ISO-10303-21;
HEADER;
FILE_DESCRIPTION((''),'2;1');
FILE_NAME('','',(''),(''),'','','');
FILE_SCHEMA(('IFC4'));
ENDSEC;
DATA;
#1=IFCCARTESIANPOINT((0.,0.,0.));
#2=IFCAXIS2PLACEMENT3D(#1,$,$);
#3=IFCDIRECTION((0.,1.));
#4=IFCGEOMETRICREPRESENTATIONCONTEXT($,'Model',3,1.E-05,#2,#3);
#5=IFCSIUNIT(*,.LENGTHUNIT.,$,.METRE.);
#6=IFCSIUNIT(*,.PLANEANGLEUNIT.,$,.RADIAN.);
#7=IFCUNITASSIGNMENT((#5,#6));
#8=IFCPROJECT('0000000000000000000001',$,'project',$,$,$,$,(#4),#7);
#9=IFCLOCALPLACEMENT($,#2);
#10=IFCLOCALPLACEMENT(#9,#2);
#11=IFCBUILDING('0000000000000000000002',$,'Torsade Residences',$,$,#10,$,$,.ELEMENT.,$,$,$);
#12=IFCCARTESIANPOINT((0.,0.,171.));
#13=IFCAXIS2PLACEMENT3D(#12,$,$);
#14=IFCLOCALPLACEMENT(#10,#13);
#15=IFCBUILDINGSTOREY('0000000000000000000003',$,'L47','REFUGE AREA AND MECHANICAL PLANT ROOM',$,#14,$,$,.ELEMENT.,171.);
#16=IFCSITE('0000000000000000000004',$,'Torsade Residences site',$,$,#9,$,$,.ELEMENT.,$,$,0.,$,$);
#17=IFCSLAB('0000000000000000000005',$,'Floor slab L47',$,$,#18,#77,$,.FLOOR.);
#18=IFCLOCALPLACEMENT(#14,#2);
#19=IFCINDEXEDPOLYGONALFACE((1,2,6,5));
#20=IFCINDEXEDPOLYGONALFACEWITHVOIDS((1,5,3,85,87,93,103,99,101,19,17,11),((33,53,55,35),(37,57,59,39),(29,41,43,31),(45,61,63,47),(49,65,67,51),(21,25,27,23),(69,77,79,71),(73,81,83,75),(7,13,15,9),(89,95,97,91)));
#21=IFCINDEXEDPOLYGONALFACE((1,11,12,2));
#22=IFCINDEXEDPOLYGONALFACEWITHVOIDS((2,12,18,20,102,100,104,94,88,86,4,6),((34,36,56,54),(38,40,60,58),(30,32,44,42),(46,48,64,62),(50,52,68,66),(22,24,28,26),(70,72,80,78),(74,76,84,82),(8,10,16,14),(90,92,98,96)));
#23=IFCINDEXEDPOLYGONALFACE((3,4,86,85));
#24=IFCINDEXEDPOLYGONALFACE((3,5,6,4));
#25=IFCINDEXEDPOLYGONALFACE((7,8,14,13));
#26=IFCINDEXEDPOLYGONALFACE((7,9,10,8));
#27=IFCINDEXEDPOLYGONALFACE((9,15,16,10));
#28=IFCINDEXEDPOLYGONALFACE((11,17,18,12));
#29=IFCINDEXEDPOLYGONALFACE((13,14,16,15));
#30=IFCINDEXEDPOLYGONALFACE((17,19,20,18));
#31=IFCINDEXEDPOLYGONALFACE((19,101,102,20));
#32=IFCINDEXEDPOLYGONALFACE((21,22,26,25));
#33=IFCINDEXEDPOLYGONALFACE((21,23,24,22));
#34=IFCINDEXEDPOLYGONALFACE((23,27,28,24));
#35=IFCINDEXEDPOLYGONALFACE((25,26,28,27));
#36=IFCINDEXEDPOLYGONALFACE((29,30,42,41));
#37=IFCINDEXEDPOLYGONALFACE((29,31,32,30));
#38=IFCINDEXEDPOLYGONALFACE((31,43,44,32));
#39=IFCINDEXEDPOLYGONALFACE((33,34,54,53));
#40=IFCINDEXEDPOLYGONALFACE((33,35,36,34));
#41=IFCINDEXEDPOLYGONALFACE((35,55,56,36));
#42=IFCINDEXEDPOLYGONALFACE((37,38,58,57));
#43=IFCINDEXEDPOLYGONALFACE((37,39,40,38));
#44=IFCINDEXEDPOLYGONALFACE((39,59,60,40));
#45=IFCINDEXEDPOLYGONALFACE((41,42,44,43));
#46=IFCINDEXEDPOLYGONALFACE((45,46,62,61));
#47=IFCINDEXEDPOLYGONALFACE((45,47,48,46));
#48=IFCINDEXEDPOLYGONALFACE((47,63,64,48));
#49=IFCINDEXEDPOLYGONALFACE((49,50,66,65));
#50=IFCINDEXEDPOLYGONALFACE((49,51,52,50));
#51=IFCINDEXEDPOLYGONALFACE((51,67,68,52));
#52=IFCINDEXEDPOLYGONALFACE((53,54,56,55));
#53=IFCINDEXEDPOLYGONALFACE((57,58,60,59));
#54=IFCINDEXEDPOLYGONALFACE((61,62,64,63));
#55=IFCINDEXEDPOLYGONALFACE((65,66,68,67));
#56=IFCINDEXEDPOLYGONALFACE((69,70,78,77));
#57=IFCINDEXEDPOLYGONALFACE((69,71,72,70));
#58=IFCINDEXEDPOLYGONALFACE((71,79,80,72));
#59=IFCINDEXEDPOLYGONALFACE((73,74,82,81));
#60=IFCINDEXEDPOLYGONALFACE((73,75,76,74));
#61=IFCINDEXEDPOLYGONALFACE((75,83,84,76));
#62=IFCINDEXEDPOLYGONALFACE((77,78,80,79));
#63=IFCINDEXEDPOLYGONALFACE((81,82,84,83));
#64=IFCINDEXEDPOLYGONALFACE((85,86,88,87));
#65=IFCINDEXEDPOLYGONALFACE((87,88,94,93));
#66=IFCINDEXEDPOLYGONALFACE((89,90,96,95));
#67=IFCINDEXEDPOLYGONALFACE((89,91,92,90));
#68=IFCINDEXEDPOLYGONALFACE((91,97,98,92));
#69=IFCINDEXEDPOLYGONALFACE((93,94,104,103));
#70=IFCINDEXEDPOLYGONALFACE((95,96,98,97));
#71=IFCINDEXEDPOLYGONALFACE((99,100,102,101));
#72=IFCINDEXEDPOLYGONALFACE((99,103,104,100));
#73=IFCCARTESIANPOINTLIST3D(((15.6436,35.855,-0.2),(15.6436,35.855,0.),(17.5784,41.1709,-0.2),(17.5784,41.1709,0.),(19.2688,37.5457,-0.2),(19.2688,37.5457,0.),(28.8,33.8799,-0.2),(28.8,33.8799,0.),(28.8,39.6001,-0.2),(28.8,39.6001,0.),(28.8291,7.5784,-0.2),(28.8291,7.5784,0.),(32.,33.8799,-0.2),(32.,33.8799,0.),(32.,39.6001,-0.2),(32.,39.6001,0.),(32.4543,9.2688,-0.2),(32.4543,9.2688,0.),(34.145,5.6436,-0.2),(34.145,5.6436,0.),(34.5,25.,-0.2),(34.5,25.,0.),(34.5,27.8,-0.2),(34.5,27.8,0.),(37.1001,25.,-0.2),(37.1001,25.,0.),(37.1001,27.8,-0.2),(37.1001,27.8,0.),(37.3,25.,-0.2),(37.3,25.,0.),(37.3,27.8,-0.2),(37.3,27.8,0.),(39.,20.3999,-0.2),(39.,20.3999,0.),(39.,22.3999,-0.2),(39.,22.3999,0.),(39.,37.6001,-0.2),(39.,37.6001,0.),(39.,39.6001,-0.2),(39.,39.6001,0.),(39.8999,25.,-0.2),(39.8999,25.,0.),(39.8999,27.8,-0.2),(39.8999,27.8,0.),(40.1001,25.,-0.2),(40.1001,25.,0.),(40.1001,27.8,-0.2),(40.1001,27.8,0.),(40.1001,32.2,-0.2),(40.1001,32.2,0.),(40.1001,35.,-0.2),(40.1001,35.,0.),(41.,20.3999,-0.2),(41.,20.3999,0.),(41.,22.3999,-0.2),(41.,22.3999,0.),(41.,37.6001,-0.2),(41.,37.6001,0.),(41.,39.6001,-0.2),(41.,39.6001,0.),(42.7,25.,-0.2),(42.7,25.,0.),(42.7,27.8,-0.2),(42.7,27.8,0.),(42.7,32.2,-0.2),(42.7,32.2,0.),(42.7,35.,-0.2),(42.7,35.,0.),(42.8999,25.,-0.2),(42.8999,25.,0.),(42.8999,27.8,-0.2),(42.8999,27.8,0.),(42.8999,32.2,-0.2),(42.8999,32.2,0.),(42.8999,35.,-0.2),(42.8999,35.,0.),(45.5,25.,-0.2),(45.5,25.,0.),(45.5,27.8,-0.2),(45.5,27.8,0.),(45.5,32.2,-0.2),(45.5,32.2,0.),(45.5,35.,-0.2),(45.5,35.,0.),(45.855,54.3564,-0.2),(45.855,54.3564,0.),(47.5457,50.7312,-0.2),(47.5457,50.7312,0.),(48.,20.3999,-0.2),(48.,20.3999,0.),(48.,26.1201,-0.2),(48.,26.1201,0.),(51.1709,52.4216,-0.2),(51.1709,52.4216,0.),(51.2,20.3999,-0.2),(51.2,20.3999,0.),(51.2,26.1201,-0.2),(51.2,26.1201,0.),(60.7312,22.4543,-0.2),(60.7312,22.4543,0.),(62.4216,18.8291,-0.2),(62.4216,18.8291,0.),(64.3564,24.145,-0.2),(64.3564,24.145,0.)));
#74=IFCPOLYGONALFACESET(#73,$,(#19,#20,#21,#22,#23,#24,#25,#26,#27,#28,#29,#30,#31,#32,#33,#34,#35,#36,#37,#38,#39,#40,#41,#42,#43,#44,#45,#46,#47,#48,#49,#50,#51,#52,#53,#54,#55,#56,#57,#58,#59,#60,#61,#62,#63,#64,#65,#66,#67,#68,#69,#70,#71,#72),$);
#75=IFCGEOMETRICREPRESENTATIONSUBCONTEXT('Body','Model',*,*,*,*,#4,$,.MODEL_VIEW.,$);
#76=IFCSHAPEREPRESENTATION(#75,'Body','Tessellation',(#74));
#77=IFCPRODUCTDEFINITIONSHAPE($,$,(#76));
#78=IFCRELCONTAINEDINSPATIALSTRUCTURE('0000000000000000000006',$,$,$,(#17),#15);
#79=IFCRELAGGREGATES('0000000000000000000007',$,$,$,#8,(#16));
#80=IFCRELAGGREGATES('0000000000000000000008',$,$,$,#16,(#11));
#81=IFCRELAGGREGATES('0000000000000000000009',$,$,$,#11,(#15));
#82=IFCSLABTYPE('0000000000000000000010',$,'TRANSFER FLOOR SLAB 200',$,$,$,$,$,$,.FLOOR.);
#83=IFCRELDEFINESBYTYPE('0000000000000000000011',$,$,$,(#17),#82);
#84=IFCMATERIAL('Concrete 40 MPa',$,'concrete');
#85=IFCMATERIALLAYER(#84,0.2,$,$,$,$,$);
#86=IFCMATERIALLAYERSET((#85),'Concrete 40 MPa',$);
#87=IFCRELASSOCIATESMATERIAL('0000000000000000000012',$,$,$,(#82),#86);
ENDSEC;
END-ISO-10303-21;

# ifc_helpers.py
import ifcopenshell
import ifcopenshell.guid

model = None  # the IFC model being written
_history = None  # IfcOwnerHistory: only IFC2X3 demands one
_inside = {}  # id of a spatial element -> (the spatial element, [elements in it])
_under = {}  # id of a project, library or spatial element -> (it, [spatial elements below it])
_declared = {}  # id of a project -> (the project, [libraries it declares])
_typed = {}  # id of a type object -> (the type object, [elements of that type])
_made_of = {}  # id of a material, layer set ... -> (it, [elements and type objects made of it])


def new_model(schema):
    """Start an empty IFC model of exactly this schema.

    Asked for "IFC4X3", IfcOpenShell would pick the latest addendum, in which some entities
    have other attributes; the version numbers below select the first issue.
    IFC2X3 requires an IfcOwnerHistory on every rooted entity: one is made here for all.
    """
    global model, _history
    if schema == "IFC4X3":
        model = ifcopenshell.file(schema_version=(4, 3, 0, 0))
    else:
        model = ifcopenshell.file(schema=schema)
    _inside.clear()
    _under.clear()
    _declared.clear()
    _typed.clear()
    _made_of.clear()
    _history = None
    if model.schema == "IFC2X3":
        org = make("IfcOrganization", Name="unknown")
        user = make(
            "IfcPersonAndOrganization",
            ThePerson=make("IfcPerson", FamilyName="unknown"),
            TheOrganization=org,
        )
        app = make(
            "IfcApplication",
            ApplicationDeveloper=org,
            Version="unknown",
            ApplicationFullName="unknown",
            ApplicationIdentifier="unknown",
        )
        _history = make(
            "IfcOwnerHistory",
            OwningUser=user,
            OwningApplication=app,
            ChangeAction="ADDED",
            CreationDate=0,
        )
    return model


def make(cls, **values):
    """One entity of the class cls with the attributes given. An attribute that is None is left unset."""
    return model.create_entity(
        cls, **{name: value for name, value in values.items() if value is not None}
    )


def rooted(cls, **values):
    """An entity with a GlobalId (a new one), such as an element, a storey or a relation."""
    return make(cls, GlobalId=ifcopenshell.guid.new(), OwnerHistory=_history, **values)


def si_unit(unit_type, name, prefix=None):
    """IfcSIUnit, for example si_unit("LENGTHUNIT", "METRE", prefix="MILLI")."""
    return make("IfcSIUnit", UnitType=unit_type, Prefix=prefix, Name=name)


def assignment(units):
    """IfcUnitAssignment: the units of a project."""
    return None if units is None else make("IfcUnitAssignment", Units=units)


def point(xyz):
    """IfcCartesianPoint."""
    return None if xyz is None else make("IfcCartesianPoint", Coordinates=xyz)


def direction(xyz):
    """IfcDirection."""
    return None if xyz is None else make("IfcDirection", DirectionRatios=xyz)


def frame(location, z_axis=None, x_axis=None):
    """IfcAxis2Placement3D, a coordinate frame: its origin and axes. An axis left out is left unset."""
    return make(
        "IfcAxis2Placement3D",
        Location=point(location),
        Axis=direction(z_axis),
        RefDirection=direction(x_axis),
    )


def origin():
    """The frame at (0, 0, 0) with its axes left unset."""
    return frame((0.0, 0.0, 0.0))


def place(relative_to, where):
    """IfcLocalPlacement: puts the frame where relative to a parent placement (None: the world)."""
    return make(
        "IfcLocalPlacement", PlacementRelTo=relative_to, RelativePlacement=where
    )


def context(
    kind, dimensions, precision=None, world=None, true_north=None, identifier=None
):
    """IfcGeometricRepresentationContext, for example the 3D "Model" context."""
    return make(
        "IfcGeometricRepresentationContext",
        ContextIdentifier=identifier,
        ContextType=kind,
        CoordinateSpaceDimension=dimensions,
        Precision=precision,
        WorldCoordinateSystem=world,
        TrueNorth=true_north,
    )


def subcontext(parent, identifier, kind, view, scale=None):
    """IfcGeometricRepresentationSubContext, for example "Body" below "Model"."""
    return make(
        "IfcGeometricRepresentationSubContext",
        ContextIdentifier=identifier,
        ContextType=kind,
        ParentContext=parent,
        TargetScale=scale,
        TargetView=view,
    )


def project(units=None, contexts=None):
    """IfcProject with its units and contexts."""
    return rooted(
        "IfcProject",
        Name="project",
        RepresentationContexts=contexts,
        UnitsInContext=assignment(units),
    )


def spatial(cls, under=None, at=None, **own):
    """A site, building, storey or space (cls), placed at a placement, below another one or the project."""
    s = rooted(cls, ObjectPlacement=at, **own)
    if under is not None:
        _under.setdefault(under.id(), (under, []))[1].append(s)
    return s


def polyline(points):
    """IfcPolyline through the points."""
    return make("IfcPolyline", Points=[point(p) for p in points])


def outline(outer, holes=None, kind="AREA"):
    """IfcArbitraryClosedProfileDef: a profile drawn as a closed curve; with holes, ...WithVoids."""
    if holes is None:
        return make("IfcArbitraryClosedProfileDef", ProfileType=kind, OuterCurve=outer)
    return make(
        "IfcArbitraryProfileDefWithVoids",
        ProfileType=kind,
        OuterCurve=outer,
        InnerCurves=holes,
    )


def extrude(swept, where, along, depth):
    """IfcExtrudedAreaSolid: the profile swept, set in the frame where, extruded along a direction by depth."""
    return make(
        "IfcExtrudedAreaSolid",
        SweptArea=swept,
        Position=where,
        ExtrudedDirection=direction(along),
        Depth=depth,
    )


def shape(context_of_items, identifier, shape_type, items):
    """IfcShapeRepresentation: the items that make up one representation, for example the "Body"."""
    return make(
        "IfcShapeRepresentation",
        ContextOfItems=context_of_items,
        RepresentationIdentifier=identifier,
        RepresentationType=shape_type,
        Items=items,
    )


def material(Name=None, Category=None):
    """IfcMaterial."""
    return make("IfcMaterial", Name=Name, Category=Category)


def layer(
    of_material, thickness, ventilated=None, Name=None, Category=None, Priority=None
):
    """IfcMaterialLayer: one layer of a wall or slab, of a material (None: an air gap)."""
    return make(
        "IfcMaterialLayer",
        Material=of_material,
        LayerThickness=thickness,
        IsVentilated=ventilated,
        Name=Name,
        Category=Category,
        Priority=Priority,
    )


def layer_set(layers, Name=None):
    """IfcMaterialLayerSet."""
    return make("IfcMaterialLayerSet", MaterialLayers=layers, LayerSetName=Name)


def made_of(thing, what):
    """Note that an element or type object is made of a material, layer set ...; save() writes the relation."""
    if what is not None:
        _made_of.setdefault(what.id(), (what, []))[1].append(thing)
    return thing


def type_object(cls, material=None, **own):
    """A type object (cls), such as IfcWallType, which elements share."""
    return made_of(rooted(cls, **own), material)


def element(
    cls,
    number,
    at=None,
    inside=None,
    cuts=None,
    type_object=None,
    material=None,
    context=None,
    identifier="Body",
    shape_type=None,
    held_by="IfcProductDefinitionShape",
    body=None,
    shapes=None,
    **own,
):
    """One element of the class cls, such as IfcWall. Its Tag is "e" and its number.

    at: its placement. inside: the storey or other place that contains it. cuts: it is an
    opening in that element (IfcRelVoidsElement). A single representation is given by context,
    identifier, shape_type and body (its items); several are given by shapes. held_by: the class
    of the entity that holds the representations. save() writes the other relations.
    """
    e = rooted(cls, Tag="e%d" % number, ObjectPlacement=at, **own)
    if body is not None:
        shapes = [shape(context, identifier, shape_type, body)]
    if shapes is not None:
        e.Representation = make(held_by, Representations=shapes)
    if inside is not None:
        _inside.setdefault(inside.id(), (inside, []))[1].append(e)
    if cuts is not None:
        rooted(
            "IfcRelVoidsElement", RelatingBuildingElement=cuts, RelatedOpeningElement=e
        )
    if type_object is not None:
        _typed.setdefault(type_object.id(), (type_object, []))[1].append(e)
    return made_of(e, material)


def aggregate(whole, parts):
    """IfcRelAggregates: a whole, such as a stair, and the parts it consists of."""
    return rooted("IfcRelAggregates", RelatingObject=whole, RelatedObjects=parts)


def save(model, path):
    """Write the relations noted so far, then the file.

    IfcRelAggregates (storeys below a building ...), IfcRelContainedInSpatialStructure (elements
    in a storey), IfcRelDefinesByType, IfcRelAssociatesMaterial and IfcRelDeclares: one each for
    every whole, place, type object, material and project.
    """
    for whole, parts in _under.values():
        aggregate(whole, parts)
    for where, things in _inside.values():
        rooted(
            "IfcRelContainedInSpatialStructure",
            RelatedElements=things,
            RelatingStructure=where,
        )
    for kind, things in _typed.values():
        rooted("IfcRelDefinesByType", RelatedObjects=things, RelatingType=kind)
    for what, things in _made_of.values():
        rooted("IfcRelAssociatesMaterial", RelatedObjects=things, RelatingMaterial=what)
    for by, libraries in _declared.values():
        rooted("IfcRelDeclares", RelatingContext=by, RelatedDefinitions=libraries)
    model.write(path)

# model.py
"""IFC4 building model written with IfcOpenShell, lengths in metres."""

from ifc_helpers import new_model, si_unit, direction, frame, origin, place, context, subcontext, project, spatial, polyline, outline, extrude, material, layer, layer_set, type_object, element, save


model = new_model("IFC4")

# Units and contexts
model_context = context("Model", 3, precision=1e-05, world=origin(), true_north=direction((0.0, 1.0)))
body_context = subcontext(model_context, "Body", "Model", "MODEL_VIEW")
ifc_project = project(units=[si_unit("LENGTHUNIT", "METRE"), si_unit("PLANEANGLEUNIT", "RADIAN")], contexts=[model_context])

# Site, building, storey
site_placement = place(None, origin())
site = spatial("IfcSite", under=ifc_project, at=site_placement, Name="Torsade Residences site", CompositionType="ELEMENT", RefElevation=0.0)
building_placement = place(site_placement, origin())
building = spatial("IfcBuilding", under=site, at=building_placement, Name="Torsade Residences", CompositionType="ELEMENT")
storey_placement = place(building_placement, frame((0.0, 0.0, 171.0)))
storey = spatial("IfcBuildingStorey", under=building, at=storey_placement, Name="L47", Description="REFUGE AREA AND MECHANICAL PLANT ROOM", CompositionType="ELEMENT", Elevation=171.0)

# Slab
ifc_material_1 = material(Name="Concrete 40 MPa", Category="concrete")
ifc_layer_1 = layer(ifc_material_1, 0.2)
ifc_layer_set_1 = layer_set([ifc_layer_1], Name="Concrete 40 MPa")
slab_type_1 = type_object("IfcSlabType", Name="TRANSFER FLOOR SLAB 200", PredefinedType="FLOOR", material=ifc_layer_set_1)
slab_1_placement = place(storey_placement, frame((0.0, 0.0, -0.2)))
element("IfcSlab", 1, at=slab_1_placement, inside=storey, type_object=slab_type_1, Name="Floor slab L47", PredefinedType="FLOOR", context=body_context, shape_type="SweptSolid", body=[
    extrude(outline(polyline([(34.145, 5.6436), (62.4216, 18.8291), (60.7312, 22.4543), (64.3564, 24.145), (51.1709, 52.4216), (47.5457, 50.7312), (45.855, 54.3564), (17.5784, 41.1709), (19.2688, 37.5457), (15.6436, 35.855), (28.8291, 7.5784), (32.4543, 9.2688), (34.145, 5.6436)]), holes=[polyline([(51.2, 26.1201), (48.0, 26.1201), (48.0, 20.3999), (51.2, 20.3999), (51.2, 26.1201)]), polyline([(45.5, 27.8), (42.8999, 27.8), (42.8999, 25.0), (45.5, 25.0), (45.5, 27.8)]), polyline([(45.5, 35.0), (42.8999, 35.0), (42.8999, 32.2), (45.5, 32.2), (45.5, 35.0)]), polyline([(42.7, 25.0), (42.7, 27.8), (40.1001, 27.8), (40.1001, 25.0), (42.7, 25.0)]), polyline([(42.7, 35.0), (40.1001, 35.0), (40.1001, 32.2), (42.7, 32.2), (42.7, 35.0)]), polyline([(41.0, 22.3999), (39.0, 22.3999), (39.0, 20.3999), (41.0, 20.3999), (41.0, 22.3999)]), polyline([(41.0, 37.6001), (41.0, 39.6001), (39.0, 39.6001), (39.0, 37.6001), (41.0, 37.6001)]), polyline([(39.8999, 25.0), (39.8999, 27.8), (37.3, 27.8), (37.3, 25.0), (39.8999, 25.0)]), polyline([(37.1001, 27.8), (34.5, 27.8), (34.5, 25.0), (37.1001, 25.0), (37.1001, 27.8)]), polyline([(32.0, 33.8799), (32.0, 39.6001), (28.8, 39.6001), (28.8, 33.8799), (32.0, 33.8799)])]), origin(), (0.0, 0.0, 1.0), 0.2),
])

save(model, "model.ifc")
